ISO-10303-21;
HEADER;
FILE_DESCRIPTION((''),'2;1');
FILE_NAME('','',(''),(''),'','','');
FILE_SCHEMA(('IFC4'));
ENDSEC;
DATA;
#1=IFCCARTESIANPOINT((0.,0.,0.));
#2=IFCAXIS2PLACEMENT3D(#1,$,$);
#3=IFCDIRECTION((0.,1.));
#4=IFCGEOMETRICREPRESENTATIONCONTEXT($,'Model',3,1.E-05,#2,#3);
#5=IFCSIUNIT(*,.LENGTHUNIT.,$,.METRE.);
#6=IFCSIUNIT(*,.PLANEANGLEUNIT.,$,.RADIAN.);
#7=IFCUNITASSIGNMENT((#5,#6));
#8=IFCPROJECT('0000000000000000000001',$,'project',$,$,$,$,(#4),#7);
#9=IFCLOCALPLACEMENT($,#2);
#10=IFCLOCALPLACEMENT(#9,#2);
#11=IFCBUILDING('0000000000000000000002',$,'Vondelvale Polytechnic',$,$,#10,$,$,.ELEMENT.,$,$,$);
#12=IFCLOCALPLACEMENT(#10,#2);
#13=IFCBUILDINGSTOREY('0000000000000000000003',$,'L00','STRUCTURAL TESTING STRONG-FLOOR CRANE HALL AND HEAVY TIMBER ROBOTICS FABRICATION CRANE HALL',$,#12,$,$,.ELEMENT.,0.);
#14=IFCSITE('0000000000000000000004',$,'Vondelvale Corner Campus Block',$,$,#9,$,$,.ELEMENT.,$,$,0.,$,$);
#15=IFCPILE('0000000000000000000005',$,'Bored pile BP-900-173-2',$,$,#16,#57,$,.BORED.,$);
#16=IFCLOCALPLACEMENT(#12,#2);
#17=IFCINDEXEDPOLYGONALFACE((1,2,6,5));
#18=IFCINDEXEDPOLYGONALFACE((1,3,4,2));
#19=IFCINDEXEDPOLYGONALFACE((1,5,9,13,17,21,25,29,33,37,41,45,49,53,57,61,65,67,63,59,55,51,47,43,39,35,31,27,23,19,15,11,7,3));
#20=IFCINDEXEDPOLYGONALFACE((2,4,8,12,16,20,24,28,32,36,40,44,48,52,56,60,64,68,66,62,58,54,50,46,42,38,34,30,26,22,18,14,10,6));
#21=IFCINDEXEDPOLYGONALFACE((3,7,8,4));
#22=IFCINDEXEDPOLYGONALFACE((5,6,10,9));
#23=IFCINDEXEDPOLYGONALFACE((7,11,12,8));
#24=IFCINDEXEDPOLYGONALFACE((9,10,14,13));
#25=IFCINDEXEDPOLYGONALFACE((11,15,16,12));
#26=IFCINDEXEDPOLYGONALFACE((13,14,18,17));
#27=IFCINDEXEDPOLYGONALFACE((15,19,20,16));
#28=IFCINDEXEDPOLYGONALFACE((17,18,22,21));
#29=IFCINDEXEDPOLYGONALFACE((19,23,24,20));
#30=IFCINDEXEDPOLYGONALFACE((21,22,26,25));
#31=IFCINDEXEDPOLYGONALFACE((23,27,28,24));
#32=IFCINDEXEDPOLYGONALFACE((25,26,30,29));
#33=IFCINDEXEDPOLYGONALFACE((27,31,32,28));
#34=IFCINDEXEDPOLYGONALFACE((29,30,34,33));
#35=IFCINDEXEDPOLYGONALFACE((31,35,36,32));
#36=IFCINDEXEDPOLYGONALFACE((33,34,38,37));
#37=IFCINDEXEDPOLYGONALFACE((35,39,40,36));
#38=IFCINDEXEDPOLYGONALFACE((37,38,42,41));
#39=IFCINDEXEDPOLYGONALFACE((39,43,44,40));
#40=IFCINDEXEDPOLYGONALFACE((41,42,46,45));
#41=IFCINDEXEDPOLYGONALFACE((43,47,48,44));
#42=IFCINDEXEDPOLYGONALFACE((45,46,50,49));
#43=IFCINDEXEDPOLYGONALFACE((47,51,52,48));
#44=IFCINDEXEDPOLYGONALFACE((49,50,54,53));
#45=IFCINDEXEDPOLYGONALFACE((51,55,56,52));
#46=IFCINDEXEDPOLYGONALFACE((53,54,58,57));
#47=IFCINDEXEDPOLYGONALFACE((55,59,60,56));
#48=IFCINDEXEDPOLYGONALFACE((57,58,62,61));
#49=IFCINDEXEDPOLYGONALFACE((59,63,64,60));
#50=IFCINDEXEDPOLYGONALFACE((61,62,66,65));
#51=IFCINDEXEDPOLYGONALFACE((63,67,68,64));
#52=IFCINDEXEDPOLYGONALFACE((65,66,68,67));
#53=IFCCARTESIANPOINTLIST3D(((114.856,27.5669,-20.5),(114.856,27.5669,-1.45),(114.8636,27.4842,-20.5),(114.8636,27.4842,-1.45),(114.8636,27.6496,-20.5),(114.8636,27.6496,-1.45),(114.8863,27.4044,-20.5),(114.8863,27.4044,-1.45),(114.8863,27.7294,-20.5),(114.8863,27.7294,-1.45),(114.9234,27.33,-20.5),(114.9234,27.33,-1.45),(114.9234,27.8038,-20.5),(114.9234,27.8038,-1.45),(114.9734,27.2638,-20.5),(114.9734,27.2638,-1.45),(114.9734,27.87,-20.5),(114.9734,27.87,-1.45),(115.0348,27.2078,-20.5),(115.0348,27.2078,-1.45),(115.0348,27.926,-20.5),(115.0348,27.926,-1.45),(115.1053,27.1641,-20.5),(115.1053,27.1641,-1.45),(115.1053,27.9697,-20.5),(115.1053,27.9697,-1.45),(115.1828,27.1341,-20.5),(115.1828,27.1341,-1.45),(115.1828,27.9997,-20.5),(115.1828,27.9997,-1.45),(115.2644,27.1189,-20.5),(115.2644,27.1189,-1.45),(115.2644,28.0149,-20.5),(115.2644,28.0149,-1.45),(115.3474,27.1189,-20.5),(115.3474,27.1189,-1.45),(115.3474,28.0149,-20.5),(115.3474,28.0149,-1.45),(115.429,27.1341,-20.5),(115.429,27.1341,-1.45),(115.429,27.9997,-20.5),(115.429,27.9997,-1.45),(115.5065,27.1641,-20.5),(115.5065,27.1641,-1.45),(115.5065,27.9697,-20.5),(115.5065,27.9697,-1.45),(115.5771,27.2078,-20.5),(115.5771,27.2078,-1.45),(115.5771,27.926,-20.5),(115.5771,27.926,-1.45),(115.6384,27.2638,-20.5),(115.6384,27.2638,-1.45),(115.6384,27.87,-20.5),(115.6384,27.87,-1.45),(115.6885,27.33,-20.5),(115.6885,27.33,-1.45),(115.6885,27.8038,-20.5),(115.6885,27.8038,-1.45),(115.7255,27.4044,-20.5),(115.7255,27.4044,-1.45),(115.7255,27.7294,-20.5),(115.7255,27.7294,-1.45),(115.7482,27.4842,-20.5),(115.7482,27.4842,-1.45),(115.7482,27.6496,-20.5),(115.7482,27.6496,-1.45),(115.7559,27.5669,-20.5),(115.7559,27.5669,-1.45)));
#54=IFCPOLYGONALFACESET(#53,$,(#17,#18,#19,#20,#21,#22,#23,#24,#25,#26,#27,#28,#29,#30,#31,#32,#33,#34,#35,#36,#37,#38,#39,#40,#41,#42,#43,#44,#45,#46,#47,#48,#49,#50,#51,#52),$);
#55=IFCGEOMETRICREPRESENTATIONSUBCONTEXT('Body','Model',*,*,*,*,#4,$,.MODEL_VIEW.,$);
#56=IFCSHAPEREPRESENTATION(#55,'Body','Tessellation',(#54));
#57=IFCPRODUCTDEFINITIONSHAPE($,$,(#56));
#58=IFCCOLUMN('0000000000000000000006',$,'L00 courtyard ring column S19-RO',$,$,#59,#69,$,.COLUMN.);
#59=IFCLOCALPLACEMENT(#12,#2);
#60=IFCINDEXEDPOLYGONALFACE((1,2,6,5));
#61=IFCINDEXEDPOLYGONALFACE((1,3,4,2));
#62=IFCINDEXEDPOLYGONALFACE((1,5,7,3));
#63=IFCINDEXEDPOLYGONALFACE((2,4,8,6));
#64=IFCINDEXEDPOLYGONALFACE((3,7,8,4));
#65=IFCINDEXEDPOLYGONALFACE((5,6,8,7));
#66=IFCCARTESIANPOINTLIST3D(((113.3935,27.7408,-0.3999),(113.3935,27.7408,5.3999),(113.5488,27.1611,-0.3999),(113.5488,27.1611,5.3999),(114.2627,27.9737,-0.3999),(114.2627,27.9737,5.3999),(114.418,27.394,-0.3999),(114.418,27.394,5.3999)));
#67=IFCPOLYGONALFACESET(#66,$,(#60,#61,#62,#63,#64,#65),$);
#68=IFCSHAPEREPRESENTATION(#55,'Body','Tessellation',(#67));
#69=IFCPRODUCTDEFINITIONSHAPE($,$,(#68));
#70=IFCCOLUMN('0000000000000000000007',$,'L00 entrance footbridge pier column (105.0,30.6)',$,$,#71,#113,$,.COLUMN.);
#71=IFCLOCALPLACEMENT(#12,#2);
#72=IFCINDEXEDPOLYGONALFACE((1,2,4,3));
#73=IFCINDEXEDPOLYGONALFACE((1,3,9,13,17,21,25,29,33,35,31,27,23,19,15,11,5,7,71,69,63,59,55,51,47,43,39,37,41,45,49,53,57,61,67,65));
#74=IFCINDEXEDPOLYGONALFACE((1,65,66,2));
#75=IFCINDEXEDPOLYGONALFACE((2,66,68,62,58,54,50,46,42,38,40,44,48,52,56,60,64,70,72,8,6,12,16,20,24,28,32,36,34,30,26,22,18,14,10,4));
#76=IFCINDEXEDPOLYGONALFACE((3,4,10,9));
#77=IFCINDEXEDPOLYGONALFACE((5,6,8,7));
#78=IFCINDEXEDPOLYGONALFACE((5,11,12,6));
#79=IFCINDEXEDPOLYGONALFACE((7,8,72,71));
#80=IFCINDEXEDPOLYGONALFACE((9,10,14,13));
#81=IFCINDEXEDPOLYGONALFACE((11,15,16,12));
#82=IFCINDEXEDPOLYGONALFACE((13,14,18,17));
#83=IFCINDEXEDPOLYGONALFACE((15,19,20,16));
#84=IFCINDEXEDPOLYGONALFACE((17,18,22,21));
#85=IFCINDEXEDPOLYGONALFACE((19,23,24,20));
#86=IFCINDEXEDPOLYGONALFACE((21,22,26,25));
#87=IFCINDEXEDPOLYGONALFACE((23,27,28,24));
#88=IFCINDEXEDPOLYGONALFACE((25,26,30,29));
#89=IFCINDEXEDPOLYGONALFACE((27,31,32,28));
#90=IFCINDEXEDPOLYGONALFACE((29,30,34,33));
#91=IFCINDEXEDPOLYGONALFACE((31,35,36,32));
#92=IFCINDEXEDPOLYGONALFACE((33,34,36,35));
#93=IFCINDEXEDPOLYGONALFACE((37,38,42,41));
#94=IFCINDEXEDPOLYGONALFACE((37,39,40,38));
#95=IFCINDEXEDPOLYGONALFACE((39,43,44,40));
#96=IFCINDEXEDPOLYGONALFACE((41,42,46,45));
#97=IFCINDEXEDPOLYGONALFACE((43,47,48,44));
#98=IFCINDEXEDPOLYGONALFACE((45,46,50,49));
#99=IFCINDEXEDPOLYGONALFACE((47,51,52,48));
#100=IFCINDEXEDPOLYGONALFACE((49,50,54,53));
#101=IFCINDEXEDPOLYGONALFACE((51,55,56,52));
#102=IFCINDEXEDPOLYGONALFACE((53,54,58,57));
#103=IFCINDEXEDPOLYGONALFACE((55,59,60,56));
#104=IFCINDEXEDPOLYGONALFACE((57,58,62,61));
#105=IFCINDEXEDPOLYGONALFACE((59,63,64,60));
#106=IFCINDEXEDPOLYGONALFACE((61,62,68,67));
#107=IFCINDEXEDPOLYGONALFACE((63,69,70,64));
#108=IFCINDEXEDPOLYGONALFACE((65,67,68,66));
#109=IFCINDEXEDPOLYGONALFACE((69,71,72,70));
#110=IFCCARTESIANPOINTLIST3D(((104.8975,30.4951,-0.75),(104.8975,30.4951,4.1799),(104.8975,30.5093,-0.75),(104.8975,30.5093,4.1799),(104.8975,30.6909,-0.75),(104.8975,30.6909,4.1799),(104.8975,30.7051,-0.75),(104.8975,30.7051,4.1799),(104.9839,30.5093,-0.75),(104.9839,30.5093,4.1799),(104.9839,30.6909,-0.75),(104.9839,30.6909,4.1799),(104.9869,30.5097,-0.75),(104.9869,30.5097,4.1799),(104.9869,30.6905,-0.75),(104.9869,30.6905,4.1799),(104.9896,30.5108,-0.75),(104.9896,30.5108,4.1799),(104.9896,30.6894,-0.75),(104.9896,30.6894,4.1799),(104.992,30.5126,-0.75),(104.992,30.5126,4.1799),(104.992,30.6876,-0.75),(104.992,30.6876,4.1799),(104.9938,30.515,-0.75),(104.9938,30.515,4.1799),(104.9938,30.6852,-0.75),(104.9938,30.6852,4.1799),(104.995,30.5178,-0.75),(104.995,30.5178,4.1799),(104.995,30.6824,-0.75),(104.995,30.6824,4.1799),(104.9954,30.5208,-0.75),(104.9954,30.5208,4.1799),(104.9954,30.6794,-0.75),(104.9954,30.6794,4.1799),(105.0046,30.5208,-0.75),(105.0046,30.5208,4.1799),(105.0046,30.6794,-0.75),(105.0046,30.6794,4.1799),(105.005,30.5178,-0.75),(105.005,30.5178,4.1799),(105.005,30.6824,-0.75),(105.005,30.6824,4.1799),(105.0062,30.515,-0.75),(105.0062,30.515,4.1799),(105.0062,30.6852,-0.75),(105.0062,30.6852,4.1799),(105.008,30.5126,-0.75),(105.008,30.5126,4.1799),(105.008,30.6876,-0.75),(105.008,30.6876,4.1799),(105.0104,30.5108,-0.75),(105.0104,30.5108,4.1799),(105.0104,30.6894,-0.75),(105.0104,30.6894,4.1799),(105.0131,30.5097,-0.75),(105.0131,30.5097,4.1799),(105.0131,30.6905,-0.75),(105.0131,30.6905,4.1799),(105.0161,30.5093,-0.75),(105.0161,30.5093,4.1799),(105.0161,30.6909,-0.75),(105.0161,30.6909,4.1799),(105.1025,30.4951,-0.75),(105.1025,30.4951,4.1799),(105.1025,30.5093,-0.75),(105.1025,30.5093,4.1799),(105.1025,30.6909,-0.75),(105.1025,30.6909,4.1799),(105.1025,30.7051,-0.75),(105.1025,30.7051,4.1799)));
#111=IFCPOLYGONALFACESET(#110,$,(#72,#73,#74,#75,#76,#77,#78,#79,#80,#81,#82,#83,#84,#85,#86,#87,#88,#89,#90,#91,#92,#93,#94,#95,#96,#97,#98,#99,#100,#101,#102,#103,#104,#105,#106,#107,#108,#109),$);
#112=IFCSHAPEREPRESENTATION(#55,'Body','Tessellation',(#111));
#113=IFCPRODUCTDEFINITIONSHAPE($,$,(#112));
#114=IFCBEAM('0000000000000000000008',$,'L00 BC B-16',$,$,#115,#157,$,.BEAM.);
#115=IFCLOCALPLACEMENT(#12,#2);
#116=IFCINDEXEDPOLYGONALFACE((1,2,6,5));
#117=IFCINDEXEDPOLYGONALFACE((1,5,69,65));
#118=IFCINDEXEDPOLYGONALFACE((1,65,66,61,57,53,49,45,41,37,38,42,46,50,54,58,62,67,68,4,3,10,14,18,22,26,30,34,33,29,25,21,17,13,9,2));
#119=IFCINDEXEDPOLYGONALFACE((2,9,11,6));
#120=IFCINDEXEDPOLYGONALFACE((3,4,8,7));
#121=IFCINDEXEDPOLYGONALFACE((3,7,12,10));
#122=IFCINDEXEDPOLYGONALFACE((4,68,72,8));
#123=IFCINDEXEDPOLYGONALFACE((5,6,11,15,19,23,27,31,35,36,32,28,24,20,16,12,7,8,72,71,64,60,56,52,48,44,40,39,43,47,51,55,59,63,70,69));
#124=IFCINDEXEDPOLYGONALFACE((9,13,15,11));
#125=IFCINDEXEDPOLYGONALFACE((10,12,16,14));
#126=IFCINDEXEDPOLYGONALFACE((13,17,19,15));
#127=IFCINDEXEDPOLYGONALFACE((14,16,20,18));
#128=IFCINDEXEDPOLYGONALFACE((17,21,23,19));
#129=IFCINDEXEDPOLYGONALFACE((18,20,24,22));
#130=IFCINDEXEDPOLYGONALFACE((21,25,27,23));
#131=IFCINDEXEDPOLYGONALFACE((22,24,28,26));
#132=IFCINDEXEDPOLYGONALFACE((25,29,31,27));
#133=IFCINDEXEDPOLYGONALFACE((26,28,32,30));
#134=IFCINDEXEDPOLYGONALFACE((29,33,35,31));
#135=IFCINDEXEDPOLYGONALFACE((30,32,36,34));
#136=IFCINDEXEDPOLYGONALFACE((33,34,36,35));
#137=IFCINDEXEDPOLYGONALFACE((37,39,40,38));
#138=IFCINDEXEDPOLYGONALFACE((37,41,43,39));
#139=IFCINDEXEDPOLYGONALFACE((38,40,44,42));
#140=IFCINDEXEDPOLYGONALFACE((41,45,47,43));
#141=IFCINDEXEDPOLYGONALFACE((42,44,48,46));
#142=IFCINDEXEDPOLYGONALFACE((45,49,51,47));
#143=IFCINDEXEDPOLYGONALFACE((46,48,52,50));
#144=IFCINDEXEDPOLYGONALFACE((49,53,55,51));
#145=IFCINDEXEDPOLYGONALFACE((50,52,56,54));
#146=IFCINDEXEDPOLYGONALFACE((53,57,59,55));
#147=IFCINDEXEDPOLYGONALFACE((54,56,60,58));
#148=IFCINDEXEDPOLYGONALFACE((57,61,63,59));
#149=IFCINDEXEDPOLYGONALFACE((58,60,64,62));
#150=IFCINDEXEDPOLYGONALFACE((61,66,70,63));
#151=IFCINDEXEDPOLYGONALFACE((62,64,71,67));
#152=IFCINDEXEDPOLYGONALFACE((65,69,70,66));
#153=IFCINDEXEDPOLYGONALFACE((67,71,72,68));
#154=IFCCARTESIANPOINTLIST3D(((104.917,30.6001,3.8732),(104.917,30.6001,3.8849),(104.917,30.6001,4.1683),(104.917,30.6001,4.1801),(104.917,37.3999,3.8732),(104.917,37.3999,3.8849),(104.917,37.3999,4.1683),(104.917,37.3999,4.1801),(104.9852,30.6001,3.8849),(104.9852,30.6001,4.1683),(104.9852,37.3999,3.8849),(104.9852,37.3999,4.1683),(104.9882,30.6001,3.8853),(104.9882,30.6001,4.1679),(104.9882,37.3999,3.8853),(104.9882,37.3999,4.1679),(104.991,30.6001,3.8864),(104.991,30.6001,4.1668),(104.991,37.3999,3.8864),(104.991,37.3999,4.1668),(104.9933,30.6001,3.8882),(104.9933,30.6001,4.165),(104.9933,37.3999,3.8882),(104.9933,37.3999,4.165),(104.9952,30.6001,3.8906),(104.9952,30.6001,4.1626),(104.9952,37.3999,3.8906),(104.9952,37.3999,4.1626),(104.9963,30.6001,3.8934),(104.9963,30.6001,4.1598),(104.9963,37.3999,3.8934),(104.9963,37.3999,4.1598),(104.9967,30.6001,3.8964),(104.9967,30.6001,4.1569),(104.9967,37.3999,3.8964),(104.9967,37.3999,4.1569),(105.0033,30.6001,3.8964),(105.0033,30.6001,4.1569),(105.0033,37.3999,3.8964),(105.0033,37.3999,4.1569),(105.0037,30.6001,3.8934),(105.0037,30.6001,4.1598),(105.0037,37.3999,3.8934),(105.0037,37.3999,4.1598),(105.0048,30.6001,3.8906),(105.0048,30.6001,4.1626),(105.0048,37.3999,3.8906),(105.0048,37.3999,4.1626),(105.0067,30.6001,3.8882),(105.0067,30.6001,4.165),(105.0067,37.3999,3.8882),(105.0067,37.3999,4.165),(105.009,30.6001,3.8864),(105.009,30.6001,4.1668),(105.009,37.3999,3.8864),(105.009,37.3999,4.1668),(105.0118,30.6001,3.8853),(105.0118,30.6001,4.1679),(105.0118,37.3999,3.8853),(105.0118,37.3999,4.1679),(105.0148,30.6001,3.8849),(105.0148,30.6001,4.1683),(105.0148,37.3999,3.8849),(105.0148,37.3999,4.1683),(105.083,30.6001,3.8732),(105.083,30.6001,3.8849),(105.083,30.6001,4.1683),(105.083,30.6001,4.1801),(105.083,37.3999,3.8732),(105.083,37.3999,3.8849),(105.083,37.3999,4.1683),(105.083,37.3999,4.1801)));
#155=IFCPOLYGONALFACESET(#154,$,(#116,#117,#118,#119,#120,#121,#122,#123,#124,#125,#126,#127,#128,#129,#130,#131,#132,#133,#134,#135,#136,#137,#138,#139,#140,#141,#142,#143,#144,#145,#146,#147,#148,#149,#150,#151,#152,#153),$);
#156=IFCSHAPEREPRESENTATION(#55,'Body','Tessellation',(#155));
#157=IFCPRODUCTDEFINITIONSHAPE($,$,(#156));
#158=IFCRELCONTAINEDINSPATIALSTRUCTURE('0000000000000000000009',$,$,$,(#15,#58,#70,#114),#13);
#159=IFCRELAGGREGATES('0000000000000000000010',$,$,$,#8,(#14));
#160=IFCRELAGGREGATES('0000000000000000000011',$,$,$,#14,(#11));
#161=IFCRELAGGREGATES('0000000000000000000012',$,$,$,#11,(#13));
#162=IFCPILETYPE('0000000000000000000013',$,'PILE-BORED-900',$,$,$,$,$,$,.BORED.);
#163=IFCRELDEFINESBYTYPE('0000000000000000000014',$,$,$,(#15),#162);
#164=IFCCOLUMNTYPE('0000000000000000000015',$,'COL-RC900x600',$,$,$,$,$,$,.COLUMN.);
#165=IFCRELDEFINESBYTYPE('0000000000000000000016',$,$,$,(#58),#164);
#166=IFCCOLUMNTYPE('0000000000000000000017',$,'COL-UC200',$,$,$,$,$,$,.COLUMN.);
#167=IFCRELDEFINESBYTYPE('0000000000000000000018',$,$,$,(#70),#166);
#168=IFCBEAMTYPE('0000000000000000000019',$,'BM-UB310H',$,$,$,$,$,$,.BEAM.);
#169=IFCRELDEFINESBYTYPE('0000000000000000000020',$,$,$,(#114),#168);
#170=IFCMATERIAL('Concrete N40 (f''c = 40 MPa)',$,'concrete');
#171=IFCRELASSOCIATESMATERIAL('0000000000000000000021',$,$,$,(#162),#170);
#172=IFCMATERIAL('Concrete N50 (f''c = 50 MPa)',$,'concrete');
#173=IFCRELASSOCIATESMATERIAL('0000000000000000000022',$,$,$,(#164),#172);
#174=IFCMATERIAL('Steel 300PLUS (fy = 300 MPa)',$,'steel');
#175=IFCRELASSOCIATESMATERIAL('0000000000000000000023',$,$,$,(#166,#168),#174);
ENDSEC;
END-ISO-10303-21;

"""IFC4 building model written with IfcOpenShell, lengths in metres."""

from ifc_helpers import new_model, si_unit, direction, frame, origin, origin_2d, place, context, subcontext, project, spatial, rectangle, circle, i_section, extrude, material, material_profile, profile_set, type_object, element, save


model = new_model("IFC4")

# Units and contexts
model_context = context("Model", 3, precision=1e-05, world=origin(), true_north=direction((0.0, 1.0)))
body_context = subcontext(model_context, "Body", "Model", "MODEL_VIEW")
ifc_project = project(units=[si_unit("LENGTHUNIT", "METRE"), si_unit("PLANEANGLEUNIT", "RADIAN")], contexts=[model_context])

# Site, building, storey
site_placement = place(None, origin())
site = spatial("IfcSite", under=ifc_project, at=site_placement, Name="Vondelvale Corner Campus Block", CompositionType="ELEMENT", RefElevation=0.0)
building_placement = place(site_placement, origin())
building = spatial("IfcBuilding", under=site, at=building_placement, Name="Vondelvale Polytechnic", CompositionType="ELEMENT")
storey_placement = place(building_placement, origin())
storey = spatial("IfcBuildingStorey", under=building, at=storey_placement, Name="L00", Description="STRUCTURAL TESTING STRONG-FLOOR CRANE HALL AND HEAVY TIMBER ROBOTICS FABRICATION CRANE HALL", CompositionType="ELEMENT", Elevation=0.0)

# Shared definitions
ifc_material_1 = material(Name="Concrete N40 (f'c = 40 MPa)", Category="concrete")

# Pile
ifc_material_profile_1 = material_profile(ifc_material_1, circle(Radius=0.45, at=origin_2d()), Name="PILE-D900")
ifc_profile_set_1 = profile_set([ifc_material_profile_1], Name="Concrete N40 (f'c = 40 MPa)")
pile_type_1 = type_object("IfcPileType", Name="PILE-BORED-900", PredefinedType="BORED", material=ifc_profile_set_1)
for number, where, z_axis, x_axis, name in (
    (1, (115.3059, 27.5669, -1.45), (0.0, 0.0, -1.0), (1.0, 0.0, 0.0), "Bored pile BP-900-173-2"),
):
    element("IfcPile", number, at=place(storey_placement, frame(where, z_axis=z_axis, x_axis=x_axis)), inside=storey, type_object=pile_type_1, Name=name, PredefinedType="BORED", context=body_context, shape_type="SweptSolid", body=[
        extrude(circle(Radius=0.45, at=origin_2d()), origin(), (0.0, 0.0, 1.0), 19.05),
    ])

# Columns
ifc_material_2 = material(Name="Concrete N50 (f'c = 50 MPa)", Category="concrete")
ifc_material_profile_2 = material_profile(ifc_material_2, rectangle(XDim=0.6001, YDim=0.8999, at=origin_2d()), Name="RC-COL-900x600")
ifc_profile_set_2 = profile_set([ifc_material_profile_2], Name="Concrete N50 (f'c = 50 MPa)")
column_type_1 = type_object("IfcColumnType", Name="COL-RC900x600", PredefinedType="COLUMN", material=ifc_profile_set_2)
column_1_placement = place(storey_placement, frame((113.9058, 27.5674, -0.3999), z_axis=(0.0, 0.0, 1.0), x_axis=(-0.258819, 0.965926, 0.0)))
element("IfcColumn", 2, at=column_1_placement, inside=storey, type_object=column_type_1, Name="L00 courtyard ring column S19-RO", PredefinedType="COLUMN", context=body_context, shape_type="SweptSolid", body=[
    extrude(rectangle(XDim=0.6001, YDim=0.8999, at=origin_2d()), origin(), (0.0, 0.0, 1.0), 5.7998),
])
ifc_material_3 = material(Name="Steel 300PLUS (fy = 300 MPa)", Category="steel")
ifc_material_profile_3 = material_profile(ifc_material_3, i_section(OverallWidth=0.2051, OverallDepth=0.21, WebThickness=0.0093, FlangeThickness=0.0142, FilletRadius=0.0115, at=origin_2d()), Name="200UC59.5")
ifc_profile_set_3 = profile_set([ifc_material_profile_3], Name="Steel 300PLUS (fy = 300 MPa)")
column_type_2 = type_object("IfcColumnType", Name="COL-UC200", PredefinedType="COLUMN", material=ifc_profile_set_3)
column_2_placement = place(storey_placement, frame((105.0, 30.6001, -0.75), z_axis=(0.0, 0.0, 1.0), x_axis=(1.0, 0.0, 0.0)))
element("IfcColumn", 3, at=column_2_placement, inside=storey, type_object=column_type_2, Name="L00 entrance footbridge pier column (105.0,30.6)", PredefinedType="COLUMN", context=body_context, shape_type="SweptSolid", body=[
    extrude(i_section(OverallWidth=0.2051, OverallDepth=0.21, WebThickness=0.0093, FlangeThickness=0.0142, FilletRadius=0.0115, at=origin_2d()), origin(), (0.0, 0.0, 1.0), 4.9299),
])

# Beam
ifc_material_profile_4 = material_profile(ifc_material_3, i_section(OverallWidth=0.166, OverallDepth=0.3069, WebThickness=0.0066, FlangeThickness=0.0117, FilletRadius=0.0115, at=origin_2d()), Name="310UB46.2")
ifc_profile_set_4 = profile_set([ifc_material_profile_4], Name="Steel 300PLUS (fy = 300 MPa)")
beam_type_1 = type_object("IfcBeamType", Name="BM-UB310H", PredefinedType="BEAM", material=ifc_profile_set_4)
beam_1_placement = place(storey_placement, frame((105.0, 30.6001, 4.0266), z_axis=(0.0, 1.0, 0.0), x_axis=(-1.0, 0.0, 0.0)))
element("IfcBeam", 4, at=beam_1_placement, inside=storey, type_object=beam_type_1, Name="L00 BC B-16", PredefinedType="BEAM", context=body_context, shape_type="SweptSolid", body=[
    extrude(i_section(OverallWidth=0.166, OverallDepth=0.3069, WebThickness=0.0066, FlangeThickness=0.0117, FilletRadius=0.0115, at=origin_2d()), origin(), (0.0, 0.0, 1.0), 6.7998),
])

save(model, "model.ifc")
